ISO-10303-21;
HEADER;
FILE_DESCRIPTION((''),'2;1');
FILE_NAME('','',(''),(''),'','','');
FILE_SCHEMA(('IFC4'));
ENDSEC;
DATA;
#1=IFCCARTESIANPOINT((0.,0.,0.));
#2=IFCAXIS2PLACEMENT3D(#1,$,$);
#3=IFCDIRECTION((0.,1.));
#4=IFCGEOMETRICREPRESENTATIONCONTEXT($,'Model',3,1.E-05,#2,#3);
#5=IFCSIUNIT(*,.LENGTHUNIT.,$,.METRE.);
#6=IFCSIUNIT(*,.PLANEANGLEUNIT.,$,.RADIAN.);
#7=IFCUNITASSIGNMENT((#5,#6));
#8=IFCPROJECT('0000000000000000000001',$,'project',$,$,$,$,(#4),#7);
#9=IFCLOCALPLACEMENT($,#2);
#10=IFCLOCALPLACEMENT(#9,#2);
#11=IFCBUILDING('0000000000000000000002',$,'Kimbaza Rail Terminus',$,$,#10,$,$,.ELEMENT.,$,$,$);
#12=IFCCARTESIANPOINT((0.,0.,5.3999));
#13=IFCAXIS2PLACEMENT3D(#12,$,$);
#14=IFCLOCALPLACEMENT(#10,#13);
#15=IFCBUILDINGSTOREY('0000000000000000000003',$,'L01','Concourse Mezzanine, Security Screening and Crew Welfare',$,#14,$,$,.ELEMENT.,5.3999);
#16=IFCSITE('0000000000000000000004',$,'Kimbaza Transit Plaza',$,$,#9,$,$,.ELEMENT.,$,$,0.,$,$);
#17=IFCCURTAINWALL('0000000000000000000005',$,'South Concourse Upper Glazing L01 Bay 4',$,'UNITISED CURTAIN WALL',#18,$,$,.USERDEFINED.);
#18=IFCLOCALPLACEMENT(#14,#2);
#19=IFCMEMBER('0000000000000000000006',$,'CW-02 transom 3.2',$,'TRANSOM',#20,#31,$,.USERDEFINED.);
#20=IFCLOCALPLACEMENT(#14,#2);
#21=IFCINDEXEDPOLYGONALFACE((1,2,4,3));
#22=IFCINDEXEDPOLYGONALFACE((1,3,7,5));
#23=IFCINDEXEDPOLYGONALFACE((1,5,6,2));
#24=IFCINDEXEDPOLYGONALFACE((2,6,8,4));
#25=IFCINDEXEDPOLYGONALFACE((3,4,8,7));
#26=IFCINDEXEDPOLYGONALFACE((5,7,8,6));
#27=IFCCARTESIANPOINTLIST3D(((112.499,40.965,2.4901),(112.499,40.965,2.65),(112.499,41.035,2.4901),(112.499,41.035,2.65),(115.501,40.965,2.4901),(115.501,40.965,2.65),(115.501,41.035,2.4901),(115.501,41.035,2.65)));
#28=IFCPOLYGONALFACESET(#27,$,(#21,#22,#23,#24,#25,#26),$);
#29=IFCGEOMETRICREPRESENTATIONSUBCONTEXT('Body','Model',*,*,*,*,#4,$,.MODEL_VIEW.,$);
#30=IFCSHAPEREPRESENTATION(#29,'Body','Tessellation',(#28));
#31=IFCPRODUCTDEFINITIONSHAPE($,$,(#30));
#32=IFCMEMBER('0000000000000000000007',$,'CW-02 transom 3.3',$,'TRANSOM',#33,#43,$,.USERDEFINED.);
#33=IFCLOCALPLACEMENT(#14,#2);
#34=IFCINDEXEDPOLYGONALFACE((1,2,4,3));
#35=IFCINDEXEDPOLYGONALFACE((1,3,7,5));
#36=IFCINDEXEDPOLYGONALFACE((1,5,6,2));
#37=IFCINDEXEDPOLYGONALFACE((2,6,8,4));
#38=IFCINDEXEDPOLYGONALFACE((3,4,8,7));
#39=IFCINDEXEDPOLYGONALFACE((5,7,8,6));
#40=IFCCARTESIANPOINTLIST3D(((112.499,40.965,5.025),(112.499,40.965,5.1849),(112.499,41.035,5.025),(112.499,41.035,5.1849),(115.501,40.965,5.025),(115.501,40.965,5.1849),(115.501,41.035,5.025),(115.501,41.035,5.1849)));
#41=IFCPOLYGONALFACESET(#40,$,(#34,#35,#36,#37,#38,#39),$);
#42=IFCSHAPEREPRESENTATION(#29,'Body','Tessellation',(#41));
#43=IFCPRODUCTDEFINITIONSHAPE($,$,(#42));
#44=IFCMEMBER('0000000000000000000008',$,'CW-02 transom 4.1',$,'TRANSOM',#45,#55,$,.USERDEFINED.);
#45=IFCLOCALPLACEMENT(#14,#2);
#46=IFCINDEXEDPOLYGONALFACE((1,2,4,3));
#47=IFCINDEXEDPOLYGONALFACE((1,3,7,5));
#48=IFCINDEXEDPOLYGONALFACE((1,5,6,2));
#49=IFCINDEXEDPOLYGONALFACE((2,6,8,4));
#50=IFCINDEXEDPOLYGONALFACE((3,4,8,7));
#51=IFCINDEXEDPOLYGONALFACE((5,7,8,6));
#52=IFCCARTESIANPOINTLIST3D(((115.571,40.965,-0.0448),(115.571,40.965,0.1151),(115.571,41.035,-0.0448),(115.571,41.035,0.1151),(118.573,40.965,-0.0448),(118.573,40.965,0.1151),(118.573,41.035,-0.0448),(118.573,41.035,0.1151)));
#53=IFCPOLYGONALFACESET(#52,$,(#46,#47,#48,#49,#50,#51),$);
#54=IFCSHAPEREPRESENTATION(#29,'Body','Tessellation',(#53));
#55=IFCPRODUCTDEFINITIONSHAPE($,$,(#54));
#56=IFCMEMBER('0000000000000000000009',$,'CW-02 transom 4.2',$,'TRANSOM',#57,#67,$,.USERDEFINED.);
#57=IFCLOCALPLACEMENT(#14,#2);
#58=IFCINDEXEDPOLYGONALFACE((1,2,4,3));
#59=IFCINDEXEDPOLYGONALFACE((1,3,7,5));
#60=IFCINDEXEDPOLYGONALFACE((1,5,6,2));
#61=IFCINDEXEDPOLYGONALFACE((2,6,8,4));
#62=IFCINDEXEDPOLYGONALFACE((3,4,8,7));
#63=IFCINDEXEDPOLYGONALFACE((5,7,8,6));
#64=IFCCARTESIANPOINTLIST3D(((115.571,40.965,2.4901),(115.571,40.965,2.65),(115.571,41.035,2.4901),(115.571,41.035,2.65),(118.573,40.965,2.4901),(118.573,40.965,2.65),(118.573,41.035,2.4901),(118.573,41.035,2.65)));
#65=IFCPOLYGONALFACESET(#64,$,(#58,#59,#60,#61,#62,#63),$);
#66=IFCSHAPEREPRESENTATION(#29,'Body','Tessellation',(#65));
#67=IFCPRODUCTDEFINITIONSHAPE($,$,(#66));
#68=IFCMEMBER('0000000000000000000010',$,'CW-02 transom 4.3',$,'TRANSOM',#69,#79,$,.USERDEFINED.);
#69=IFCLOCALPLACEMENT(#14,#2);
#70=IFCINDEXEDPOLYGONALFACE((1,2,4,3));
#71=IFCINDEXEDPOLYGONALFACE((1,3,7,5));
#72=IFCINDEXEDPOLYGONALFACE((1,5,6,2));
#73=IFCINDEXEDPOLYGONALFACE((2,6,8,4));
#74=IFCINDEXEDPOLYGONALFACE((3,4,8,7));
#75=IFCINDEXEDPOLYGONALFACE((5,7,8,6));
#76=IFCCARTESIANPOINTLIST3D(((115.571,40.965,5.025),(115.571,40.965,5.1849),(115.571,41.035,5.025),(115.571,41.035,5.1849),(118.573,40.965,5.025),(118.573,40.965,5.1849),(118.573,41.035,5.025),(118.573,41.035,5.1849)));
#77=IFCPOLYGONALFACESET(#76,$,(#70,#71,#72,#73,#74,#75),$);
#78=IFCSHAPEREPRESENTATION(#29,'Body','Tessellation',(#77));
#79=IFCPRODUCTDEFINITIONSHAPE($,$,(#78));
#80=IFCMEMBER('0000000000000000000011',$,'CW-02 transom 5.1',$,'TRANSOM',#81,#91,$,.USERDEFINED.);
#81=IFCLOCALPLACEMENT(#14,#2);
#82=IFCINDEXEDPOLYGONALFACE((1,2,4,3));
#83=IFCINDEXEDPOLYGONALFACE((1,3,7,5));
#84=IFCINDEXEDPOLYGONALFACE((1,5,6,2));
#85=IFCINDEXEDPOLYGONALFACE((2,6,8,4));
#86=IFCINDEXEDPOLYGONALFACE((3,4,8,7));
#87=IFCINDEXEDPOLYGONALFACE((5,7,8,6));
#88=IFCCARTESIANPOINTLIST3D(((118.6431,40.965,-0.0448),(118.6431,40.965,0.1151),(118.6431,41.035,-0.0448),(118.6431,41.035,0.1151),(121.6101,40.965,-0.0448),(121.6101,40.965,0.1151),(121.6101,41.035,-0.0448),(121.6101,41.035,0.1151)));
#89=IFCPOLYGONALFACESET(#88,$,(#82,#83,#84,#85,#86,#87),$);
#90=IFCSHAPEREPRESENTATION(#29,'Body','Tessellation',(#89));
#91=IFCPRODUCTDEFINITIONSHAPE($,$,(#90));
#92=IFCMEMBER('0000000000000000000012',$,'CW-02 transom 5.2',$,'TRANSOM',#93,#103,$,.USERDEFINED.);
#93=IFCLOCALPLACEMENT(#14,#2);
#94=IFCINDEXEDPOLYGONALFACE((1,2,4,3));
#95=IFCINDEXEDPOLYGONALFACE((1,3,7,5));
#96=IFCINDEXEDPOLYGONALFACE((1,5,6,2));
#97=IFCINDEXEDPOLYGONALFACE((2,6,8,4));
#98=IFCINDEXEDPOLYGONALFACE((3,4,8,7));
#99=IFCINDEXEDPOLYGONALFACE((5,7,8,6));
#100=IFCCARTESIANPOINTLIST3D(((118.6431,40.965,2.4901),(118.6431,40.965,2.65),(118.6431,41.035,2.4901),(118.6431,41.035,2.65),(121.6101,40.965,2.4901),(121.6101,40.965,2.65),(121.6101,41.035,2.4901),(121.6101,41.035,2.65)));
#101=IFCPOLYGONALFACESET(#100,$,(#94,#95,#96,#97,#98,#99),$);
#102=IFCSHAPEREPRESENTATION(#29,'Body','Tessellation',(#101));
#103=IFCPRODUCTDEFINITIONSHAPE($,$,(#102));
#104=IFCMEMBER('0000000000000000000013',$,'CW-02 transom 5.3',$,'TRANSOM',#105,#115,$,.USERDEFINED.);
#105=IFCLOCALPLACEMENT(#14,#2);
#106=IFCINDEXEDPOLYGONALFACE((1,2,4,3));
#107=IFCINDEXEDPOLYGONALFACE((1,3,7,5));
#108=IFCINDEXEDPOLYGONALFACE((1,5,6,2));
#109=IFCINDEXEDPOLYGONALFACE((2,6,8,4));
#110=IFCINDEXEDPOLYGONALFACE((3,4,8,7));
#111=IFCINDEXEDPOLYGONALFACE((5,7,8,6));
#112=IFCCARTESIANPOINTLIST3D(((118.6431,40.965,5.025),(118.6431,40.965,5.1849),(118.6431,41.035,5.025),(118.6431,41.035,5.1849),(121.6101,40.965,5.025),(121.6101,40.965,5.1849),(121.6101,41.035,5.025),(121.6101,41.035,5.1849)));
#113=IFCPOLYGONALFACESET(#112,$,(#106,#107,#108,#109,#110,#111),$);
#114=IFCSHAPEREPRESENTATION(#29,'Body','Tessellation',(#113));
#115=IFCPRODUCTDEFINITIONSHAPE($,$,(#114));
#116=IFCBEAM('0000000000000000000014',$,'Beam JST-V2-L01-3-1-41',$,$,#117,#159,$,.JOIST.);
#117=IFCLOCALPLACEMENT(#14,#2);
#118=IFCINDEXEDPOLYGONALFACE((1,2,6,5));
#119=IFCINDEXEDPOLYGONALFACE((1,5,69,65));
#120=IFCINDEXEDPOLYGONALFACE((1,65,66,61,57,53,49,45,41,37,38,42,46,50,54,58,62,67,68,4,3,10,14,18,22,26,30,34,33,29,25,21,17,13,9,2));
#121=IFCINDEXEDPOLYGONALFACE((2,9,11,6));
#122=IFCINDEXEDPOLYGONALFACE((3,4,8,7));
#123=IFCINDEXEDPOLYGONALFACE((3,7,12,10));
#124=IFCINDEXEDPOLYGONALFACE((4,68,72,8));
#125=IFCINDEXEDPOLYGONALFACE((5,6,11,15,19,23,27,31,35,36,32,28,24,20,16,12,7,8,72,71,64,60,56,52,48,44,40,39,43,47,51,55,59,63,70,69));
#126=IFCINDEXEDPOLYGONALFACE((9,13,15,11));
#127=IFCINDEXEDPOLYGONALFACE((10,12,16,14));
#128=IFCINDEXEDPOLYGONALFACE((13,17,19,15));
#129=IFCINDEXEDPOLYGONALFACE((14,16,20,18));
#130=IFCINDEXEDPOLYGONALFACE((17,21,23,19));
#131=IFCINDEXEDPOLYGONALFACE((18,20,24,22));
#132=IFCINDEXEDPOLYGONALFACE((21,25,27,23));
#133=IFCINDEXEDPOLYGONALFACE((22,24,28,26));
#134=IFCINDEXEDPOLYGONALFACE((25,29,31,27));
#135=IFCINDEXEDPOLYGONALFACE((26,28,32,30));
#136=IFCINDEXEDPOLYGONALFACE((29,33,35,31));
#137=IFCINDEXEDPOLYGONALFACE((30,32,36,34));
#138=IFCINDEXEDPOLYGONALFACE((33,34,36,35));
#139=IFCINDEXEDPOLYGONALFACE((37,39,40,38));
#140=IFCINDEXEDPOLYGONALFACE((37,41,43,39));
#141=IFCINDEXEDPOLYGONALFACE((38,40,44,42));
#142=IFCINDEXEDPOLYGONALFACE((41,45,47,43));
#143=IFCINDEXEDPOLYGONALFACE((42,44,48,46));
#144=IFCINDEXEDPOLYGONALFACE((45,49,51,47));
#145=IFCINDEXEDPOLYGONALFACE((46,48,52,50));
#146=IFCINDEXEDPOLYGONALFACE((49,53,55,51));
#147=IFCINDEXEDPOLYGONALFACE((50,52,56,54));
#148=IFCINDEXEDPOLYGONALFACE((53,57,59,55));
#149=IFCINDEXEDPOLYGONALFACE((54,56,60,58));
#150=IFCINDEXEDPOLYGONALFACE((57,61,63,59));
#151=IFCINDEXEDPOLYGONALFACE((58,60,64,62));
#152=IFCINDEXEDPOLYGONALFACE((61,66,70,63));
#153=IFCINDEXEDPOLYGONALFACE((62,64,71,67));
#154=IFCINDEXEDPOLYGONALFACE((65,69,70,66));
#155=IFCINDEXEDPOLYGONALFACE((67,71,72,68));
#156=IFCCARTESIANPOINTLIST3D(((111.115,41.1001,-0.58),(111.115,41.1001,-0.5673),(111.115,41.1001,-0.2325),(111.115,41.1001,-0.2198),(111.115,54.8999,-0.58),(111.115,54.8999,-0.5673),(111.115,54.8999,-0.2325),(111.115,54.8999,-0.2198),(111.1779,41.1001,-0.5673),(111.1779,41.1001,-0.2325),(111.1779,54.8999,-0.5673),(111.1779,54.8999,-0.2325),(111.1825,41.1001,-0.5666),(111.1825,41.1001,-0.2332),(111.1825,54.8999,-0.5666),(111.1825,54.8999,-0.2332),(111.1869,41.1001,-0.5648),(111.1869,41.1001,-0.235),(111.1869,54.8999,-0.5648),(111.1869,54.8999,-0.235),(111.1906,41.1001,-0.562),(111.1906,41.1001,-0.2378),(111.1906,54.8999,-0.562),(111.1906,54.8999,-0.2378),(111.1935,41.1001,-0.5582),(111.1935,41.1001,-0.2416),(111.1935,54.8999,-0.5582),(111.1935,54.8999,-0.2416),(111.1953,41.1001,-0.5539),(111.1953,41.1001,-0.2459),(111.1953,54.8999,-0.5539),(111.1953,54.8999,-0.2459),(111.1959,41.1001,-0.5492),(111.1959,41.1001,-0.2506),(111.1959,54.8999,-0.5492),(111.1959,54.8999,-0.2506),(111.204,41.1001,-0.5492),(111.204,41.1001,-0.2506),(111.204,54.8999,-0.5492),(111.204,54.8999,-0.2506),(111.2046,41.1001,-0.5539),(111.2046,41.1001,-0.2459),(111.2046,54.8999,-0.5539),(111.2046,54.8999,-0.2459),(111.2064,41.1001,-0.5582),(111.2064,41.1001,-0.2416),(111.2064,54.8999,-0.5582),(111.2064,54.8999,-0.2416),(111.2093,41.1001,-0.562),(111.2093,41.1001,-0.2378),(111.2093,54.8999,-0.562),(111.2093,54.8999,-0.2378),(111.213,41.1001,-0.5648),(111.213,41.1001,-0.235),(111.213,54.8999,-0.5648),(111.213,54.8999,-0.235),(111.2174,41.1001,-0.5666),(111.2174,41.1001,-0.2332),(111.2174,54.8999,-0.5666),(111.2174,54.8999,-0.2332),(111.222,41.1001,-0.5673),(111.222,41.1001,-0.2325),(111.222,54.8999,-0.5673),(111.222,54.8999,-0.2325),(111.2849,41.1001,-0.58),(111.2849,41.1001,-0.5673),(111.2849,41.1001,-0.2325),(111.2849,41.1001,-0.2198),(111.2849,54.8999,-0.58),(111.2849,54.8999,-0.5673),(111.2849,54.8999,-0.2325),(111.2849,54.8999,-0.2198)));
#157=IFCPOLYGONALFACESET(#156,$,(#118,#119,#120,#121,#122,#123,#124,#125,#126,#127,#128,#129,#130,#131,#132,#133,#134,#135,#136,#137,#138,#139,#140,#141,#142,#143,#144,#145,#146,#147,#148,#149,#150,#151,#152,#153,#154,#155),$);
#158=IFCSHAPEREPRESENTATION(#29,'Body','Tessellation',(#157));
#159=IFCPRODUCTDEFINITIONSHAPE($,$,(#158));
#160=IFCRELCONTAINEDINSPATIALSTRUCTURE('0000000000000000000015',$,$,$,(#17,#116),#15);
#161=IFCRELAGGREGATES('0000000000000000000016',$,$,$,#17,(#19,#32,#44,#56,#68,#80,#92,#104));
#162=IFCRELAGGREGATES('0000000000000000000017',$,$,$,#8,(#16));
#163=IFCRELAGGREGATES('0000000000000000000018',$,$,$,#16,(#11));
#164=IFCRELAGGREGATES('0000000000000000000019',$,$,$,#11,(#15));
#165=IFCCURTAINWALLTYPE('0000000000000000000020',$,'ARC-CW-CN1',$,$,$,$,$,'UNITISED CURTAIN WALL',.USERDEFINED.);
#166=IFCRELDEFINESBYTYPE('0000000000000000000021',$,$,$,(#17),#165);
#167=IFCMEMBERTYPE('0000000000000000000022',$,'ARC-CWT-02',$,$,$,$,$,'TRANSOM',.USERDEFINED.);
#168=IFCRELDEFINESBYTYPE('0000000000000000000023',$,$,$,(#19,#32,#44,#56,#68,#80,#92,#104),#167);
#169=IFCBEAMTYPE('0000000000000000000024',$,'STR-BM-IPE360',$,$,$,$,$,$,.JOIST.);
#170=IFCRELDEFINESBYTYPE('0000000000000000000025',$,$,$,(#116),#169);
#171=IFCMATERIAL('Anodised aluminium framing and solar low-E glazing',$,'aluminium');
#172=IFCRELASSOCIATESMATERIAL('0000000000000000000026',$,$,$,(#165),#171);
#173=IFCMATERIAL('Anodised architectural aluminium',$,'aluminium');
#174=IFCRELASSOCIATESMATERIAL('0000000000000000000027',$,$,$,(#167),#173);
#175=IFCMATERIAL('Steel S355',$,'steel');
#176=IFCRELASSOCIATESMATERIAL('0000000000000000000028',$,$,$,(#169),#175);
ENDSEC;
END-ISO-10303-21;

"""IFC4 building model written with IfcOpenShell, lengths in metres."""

from ifc_helpers import new_model, si_unit, direction, frame, origin, origin_2d, place, context, subcontext, project, spatial, rectangle, i_section, extrude, material, material_profile, profile_set, type_object, element, aggregate, save


model = new_model("IFC4")

# Units and contexts
model_context = context("Model", 3, precision=1e-05, world=origin(), true_north=direction((0.0, 1.0)))
body_context = subcontext(model_context, "Body", "Model", "MODEL_VIEW")
ifc_project = project(units=[si_unit("LENGTHUNIT", "METRE"), si_unit("PLANEANGLEUNIT", "RADIAN")], contexts=[model_context])

# Site, building, storey
site_placement = place(None, origin())
site = spatial("IfcSite", under=ifc_project, at=site_placement, Name="Kimbaza Transit Plaza", CompositionType="ELEMENT", RefElevation=0.0)
building_placement = place(site_placement, origin())
building = spatial("IfcBuilding", under=site, at=building_placement, Name="Kimbaza Rail Terminus", CompositionType="ELEMENT")
storey_placement = place(building_placement, frame((0.0, 0.0, 5.3999)))
storey = spatial("IfcBuildingStorey", under=building, at=storey_placement, Name="L01", Description="Concourse Mezzanine, Security Screening and Crew Welfare", CompositionType="ELEMENT", Elevation=5.3999)

# Curtain wall, members
ifc_material_1 = material(Name="Anodised aluminium framing and solar low-E glazing", Category="aluminium")
curtain_wall_type = type_object("IfcCurtainWallType", Name="ARC-CW-CN1", ElementType="UNITISED CURTAIN WALL", PredefinedType="USERDEFINED", material=ifc_material_1)
curtain_wall_placement = place(storey_placement, origin())
curtain_wall = element("IfcCurtainWall", 1, at=curtain_wall_placement, inside=storey, type_object=curtain_wall_type, Name="South Concourse Upper Glazing L01 Bay 4", ObjectType="UNITISED CURTAIN WALL", PredefinedType="USERDEFINED")
ifc_material_2 = material(Name="Anodised architectural aluminium", Category="aluminium")
ifc_material_profile_1 = material_profile(ifc_material_2, rectangle(XDim=0.0701, YDim=0.1599, at=origin_2d()), Name="TRANSOM 70x160")
ifc_profile_set_1 = profile_set([ifc_material_profile_1], Name="Anodised architectural aluminium")
member_type_1 = type_object("IfcMemberType", Name="ARC-CWT-02", ElementType="TRANSOM", PredefinedType="USERDEFINED", material=ifc_profile_set_1)
member_1_placement = place(storey_placement, frame((112.499, 41.0, 2.5701), z_axis=(1.0, 0.0, 0.0), x_axis=(0.0, 1.0, 0.0)))
member_1 = element("IfcMember", 2, at=member_1_placement, type_object=member_type_1, Name="CW-02 transom 3.2", ObjectType="TRANSOM", PredefinedType="USERDEFINED", context=body_context, shape_type="SweptSolid", body=[
    extrude(rectangle(XDim=0.0701, YDim=0.1599, at=origin_2d()), origin(), (0.0, 0.0, 1.0), 3.002),
])
member_2_placement = place(storey_placement, frame((112.499, 41.0, 5.105), z_axis=(1.0, 0.0, 0.0), x_axis=(0.0, 1.0, 0.0)))
member_2 = element("IfcMember", 3, at=member_2_placement, type_object=member_type_1, Name="CW-02 transom 3.3", ObjectType="TRANSOM", PredefinedType="USERDEFINED", context=body_context, shape_type="SweptSolid", body=[
    extrude(rectangle(XDim=0.0701, YDim=0.1599, at=origin_2d()), origin(), (0.0, 0.0, 1.0), 3.002),
])
member_3_placement = place(storey_placement, frame((115.571, 41.0, 0.0352), z_axis=(1.0, 0.0, 0.0), x_axis=(0.0, 1.0, 0.0)))
member_3 = element("IfcMember", 4, at=member_3_placement, type_object=member_type_1, Name="CW-02 transom 4.1", ObjectType="TRANSOM", PredefinedType="USERDEFINED", context=body_context, shape_type="SweptSolid", body=[
    extrude(rectangle(XDim=0.0701, YDim=0.1599, at=origin_2d()), origin(), (0.0, 0.0, 1.0), 3.002),
])
member_4_placement = place(storey_placement, frame((115.571, 41.0, 2.5701), z_axis=(1.0, 0.0, 0.0), x_axis=(0.0, 1.0, 0.0)))
member_4 = element("IfcMember", 5, at=member_4_placement, type_object=member_type_1, Name="CW-02 transom 4.2", ObjectType="TRANSOM", PredefinedType="USERDEFINED", context=body_context, shape_type="SweptSolid", body=[
    extrude(rectangle(XDim=0.0701, YDim=0.1599, at=origin_2d()), origin(), (0.0, 0.0, 1.0), 3.002),
])
member_5_placement = place(storey_placement, frame((115.571, 41.0, 5.105), z_axis=(1.0, 0.0, 0.0), x_axis=(0.0, 1.0, 0.0)))
member_5 = element("IfcMember", 6, at=member_5_placement, type_object=member_type_1, Name="CW-02 transom 4.3", ObjectType="TRANSOM", PredefinedType="USERDEFINED", context=body_context, shape_type="SweptSolid", body=[
    extrude(rectangle(XDim=0.0701, YDim=0.1599, at=origin_2d()), origin(), (0.0, 0.0, 1.0), 3.002),
])
member_6_placement = place(storey_placement, frame((118.6431, 41.0, 0.0352), z_axis=(1.0, 0.0, 0.0), x_axis=(0.0, 1.0, 0.0)))
member_6 = element("IfcMember", 7, at=member_6_placement, type_object=member_type_1, Name="CW-02 transom 5.1", ObjectType="TRANSOM", PredefinedType="USERDEFINED", context=body_context, shape_type="SweptSolid", body=[
    extrude(rectangle(XDim=0.0701, YDim=0.1599, at=origin_2d()), origin(), (0.0, 0.0, 1.0), 2.967),
])
member_7_placement = place(storey_placement, frame((118.6431, 41.0, 2.5701), z_axis=(1.0, 0.0, 0.0), x_axis=(0.0, 1.0, 0.0)))
member_7 = element("IfcMember", 8, at=member_7_placement, type_object=member_type_1, Name="CW-02 transom 5.2", ObjectType="TRANSOM", PredefinedType="USERDEFINED", context=body_context, shape_type="SweptSolid", body=[
    extrude(rectangle(XDim=0.0701, YDim=0.1599, at=origin_2d()), origin(), (0.0, 0.0, 1.0), 2.967),
])
member_8_placement = place(storey_placement, frame((118.6431, 41.0, 5.105), z_axis=(1.0, 0.0, 0.0), x_axis=(0.0, 1.0, 0.0)))
member_8 = element("IfcMember", 9, at=member_8_placement, type_object=member_type_1, Name="CW-02 transom 5.3", ObjectType="TRANSOM", PredefinedType="USERDEFINED", context=body_context, shape_type="SweptSolid", body=[
    extrude(rectangle(XDim=0.0701, YDim=0.1599, at=origin_2d()), origin(), (0.0, 0.0, 1.0), 2.967),
])

# Beam
ifc_material_3 = material(Name="Steel S355", Category="steel")
ifc_material_profile_2 = material_profile(ifc_material_3, i_section(OverallWidth=0.1699, OverallDepth=0.3601, WebThickness=0.0081, FlangeThickness=0.0127, FilletRadius=0.0181, at=origin_2d()), Name="IPE 360")
ifc_profile_set_2 = profile_set([ifc_material_profile_2], Name="Steel S355")
beam_type_1 = type_object("IfcBeamType", Name="STR-BM-IPE360", PredefinedType="JOIST", material=ifc_profile_set_2)
for number, where, z_axis, x_axis, name in (
    (10, (111.2, 41.1001, -0.3999), (0.0, 1.0, 0.0), (-1.0, 0.0, 0.0), "Beam JST-V2-L01-3-1-41"),
):
    element("IfcBeam", number, at=place(storey_placement, frame(where, z_axis=z_axis, x_axis=x_axis)), inside=storey, type_object=beam_type_1, Name=name, PredefinedType="JOIST", context=body_context, shape_type="SweptSolid", body=[
        extrude(i_section(OverallWidth=0.1699, OverallDepth=0.3601, WebThickness=0.0081, FlangeThickness=0.0127, FilletRadius=0.0181, at=origin_2d()), origin(), (0.0, 0.0, 1.0), 13.7998),
    ])

aggregate(curtain_wall, [member_1, member_2, member_3, member_4, member_5, member_6, member_7, member_8])

save(model, "model.ifc")
